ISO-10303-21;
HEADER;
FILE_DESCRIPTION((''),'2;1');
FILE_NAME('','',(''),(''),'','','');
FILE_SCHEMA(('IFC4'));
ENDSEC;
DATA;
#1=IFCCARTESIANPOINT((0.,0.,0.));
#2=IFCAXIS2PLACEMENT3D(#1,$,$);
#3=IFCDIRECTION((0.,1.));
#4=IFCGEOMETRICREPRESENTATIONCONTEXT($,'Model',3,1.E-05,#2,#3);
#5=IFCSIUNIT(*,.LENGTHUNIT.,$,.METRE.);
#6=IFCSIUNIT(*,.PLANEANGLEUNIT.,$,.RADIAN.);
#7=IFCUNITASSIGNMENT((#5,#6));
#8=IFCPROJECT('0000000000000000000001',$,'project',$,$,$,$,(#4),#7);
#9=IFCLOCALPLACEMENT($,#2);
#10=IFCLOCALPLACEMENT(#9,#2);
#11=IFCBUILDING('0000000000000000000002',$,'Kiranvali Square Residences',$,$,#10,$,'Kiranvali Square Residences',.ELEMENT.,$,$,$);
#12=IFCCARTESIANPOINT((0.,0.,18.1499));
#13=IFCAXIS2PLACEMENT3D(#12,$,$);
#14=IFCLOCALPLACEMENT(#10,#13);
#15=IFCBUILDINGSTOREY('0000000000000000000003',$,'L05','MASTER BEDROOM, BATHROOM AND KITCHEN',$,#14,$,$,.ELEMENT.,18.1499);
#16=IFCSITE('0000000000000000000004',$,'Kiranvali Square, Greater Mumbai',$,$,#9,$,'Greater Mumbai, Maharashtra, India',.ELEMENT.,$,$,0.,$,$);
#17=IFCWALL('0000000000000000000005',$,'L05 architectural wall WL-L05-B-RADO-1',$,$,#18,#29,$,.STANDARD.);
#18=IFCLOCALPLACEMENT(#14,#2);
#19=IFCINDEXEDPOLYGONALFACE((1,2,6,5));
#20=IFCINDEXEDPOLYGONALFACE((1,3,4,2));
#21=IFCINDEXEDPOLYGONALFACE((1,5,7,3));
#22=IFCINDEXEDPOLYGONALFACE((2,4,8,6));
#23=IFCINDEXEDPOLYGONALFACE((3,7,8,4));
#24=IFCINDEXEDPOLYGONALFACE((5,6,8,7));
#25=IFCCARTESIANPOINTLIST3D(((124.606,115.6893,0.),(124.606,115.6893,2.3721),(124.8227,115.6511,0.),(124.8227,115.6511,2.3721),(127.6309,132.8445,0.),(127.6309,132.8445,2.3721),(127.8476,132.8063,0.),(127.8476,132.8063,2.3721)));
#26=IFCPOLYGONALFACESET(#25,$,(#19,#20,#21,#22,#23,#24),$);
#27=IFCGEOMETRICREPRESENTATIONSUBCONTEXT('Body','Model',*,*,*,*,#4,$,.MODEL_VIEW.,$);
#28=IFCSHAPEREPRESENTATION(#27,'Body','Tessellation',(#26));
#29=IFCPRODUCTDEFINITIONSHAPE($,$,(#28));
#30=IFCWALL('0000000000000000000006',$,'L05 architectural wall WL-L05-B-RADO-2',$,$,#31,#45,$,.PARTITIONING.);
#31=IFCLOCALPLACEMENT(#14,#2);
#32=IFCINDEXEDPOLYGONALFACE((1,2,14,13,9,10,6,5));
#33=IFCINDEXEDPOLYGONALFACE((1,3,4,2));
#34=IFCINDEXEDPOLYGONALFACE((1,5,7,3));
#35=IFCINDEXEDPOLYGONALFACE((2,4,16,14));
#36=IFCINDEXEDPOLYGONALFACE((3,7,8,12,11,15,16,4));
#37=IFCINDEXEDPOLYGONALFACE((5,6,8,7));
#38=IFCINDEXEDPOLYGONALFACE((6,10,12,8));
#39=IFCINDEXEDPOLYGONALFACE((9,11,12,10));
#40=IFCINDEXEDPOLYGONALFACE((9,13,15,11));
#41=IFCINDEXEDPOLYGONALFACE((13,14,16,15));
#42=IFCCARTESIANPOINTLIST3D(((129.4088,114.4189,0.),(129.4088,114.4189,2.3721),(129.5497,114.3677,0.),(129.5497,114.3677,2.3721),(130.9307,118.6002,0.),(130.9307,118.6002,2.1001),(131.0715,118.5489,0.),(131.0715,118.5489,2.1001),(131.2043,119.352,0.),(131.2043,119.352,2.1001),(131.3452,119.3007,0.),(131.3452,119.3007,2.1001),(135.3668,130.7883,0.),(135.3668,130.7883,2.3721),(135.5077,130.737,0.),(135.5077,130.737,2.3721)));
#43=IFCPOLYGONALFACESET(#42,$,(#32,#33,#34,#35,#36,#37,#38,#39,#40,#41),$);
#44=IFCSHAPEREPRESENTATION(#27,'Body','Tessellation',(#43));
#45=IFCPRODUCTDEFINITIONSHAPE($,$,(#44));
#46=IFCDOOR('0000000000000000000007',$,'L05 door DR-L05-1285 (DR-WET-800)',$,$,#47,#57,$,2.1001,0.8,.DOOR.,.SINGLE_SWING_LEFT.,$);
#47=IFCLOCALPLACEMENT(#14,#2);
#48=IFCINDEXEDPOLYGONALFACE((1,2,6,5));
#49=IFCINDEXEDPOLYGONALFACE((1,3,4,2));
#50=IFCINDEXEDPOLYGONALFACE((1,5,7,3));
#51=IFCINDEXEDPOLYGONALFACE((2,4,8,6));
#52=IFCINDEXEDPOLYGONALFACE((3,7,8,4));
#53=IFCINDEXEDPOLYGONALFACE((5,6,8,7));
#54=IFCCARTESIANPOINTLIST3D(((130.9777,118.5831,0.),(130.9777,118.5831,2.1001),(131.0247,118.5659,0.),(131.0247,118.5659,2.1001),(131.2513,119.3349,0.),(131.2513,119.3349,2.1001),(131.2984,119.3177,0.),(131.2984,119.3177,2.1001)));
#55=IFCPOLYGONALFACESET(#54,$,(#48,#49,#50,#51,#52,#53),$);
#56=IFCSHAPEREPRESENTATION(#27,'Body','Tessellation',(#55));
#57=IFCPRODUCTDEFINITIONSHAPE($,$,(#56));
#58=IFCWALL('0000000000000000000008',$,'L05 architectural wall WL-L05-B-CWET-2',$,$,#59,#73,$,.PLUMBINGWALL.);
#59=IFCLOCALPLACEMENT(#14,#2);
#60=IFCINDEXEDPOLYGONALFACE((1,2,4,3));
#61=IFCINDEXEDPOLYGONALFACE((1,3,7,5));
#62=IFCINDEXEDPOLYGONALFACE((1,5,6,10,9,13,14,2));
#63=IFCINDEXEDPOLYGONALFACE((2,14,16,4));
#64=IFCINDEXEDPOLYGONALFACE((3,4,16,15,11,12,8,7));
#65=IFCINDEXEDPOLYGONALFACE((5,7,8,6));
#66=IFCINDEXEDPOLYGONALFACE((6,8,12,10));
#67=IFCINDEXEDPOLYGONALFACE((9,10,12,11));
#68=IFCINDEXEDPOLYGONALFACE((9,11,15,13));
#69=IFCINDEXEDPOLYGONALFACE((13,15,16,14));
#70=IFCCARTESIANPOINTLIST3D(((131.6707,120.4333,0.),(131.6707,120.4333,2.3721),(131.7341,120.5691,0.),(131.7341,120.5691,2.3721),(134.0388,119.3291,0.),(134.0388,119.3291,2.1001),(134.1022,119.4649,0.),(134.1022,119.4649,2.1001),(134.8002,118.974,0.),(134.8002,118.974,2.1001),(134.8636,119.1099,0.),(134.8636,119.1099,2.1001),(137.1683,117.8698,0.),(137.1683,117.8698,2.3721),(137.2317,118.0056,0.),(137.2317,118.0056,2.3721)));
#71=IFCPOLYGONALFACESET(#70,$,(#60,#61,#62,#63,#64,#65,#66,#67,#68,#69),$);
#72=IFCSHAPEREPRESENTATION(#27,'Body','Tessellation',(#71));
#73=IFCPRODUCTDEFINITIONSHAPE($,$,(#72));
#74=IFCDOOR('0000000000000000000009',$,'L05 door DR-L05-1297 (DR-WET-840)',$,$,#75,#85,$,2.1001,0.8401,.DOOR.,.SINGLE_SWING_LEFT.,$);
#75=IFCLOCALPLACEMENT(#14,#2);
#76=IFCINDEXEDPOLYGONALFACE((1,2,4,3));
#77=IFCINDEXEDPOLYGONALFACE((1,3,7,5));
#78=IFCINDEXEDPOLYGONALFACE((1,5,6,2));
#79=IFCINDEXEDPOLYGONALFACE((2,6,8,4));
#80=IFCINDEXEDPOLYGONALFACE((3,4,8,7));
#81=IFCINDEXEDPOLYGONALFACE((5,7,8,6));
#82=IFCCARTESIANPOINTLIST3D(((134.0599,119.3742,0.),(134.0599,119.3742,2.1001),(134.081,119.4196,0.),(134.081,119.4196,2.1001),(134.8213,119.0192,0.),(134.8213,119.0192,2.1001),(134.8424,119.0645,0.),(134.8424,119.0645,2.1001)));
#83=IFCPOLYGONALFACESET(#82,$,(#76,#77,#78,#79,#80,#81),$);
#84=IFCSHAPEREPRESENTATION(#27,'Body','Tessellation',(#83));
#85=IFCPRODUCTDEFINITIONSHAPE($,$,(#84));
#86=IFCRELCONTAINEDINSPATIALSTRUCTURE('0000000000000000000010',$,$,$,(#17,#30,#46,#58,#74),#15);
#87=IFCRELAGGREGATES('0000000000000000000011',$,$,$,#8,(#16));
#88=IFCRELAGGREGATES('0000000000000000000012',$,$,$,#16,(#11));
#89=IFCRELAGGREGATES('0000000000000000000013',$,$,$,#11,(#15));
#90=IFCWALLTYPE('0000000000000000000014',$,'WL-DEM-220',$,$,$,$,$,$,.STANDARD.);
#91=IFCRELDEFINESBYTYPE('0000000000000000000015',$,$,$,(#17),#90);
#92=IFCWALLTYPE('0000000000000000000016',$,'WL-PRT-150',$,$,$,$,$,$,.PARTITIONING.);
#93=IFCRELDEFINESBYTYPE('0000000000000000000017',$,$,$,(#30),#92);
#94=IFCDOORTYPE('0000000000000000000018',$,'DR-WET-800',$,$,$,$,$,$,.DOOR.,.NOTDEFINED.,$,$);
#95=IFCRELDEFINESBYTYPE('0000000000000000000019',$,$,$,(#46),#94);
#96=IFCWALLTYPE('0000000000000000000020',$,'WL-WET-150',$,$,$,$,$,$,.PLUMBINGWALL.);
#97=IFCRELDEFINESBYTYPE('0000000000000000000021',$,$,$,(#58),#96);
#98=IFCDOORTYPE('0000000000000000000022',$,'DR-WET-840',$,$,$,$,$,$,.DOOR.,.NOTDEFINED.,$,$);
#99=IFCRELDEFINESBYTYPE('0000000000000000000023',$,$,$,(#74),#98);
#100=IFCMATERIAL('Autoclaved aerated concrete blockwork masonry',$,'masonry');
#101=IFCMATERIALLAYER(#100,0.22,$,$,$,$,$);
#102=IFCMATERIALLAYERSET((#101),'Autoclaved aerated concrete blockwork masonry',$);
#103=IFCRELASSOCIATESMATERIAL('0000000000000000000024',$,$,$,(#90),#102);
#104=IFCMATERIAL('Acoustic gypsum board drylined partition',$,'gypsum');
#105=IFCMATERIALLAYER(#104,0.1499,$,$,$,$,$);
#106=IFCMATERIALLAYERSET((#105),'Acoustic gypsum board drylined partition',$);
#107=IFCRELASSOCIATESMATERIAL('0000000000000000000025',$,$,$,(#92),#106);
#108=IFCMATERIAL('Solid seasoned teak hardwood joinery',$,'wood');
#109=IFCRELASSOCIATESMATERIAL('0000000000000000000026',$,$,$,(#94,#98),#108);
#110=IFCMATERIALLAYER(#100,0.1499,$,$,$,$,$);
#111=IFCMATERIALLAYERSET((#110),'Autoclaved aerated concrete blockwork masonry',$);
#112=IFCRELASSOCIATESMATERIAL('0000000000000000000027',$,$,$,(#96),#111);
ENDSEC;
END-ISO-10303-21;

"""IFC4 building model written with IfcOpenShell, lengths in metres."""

from ifc_helpers import new_model, si_unit, direction, frame, frame_2d, origin, place, context, subcontext, project, spatial, rectangle, extrude, material, layer, layer_set, type_object, element, fill, save


model = new_model("IFC4")

# Units and contexts
model_context = context("Model", 3, precision=1e-05, world=origin(), true_north=direction((0.0, 1.0)))
body_context = subcontext(model_context, "Body", "Model", "MODEL_VIEW")
ifc_project = project(units=[si_unit("LENGTHUNIT", "METRE"), si_unit("PLANEANGLEUNIT", "RADIAN")], contexts=[model_context])

# Site, building, storey
site_placement = place(None, origin())
site = spatial("IfcSite", under=ifc_project, at=site_placement, Name="Kiranvali Square, Greater Mumbai", LongName="Greater Mumbai, Maharashtra, India", CompositionType="ELEMENT", RefElevation=0.0)
building_placement = place(site_placement, origin())
building = spatial("IfcBuilding", under=site, at=building_placement, Name="Kiranvali Square Residences", LongName="Kiranvali Square Residences", CompositionType="ELEMENT")
storey_placement = place(building_placement, frame((0.0, 0.0, 18.1499)))
storey = spatial("IfcBuildingStorey", under=building, at=storey_placement, Name="L05", Description="MASTER BEDROOM, BATHROOM AND KITCHEN", CompositionType="ELEMENT", Elevation=18.1499)

# Shared definitions
ifc_material_1 = material(Name="Autoclaved aerated concrete blockwork masonry", Category="masonry")

# Wall
ifc_layer_1 = layer(ifc_material_1, 0.22)
ifc_layer_set_1 = layer_set([ifc_layer_1], Name="Autoclaved aerated concrete blockwork masonry")
wall_type_1 = type_object("IfcWallType", Name="WL-DEM-220", PredefinedType="STANDARD", material=ifc_layer_set_1)
wall_1_placement = place(storey_placement, frame((124.7144, 115.6702, 0.0), z_axis=(0.0, 0.0, 1.0), x_axis=(0.173646, 0.984808, 0.0)))
element("IfcWall", 1, at=wall_1_placement, inside=storey, type_object=wall_type_1, Name="L05 architectural wall WL-L05-B-RADO-1", PredefinedType="STANDARD", context=body_context, shape_type="SweptSolid", body=[
    extrude(rectangle(XDim=17.4199, YDim=0.22, at=frame_2d((8.71, 0.0))), origin(), (0.0, 0.0, 1.0), 2.3721),
])

# Walls, openings, doors
ifc_material_2 = material(Name="Acoustic gypsum board drylined partition", Category="gypsum")
ifc_layer_2 = layer(ifc_material_2, 0.1499)
ifc_layer_set_2 = layer_set([ifc_layer_2], Name="Acoustic gypsum board drylined partition")
wall_type_2 = type_object("IfcWallType", Name="WL-PRT-150", PredefinedType="PARTITIONING", material=ifc_layer_set_2)
wall_2_placement = place(storey_placement, frame((129.4792, 114.3933, 0.0), z_axis=(0.0, 0.0, 1.0), x_axis=(0.342022, 0.939692, 0.0)))
wall_2 = element("IfcWall", 2, at=wall_2_placement, inside=storey, type_object=wall_type_2, Name="L05 architectural wall WL-L05-B-RADO-2", PredefinedType="PARTITIONING", context=body_context, shape_type="SweptSolid", body=[
    extrude(rectangle(XDim=17.4199, YDim=0.1499, at=frame_2d((8.71, 0.0))), origin(), (0.0, 0.0, 1.0), 2.3721),
])
opening_1_placement = place(wall_2_placement, frame((4.4497, 0.0, 0.0)))
opening_1 = element("IfcOpeningElement", 3, at=opening_1_placement, cuts=wall_2, PredefinedType="OPENING", context=body_context, shape_type="SweptSolid", body=[
    extrude(rectangle(XDim=0.8, YDim=2.1001, at=frame_2d((0.3999, 1.05))), frame((0.0, 0.085, 0.0), z_axis=(0.0, -1.0, 0.0), x_axis=(1.0, 0.0, 0.0)), (0.0, 0.0, 1.0), 0.1699),
])
ifc_material_3 = material(Name="Solid seasoned teak hardwood joinery", Category="wood")
door_type_1 = type_object("IfcDoorType", Name="DR-WET-800", OperationType="NOTDEFINED", PredefinedType="DOOR", material=ifc_material_3)
door_1_placement = place(opening_1_placement, origin())
door_1 = element("IfcDoor", 4, at=door_1_placement, inside=storey, type_object=door_type_1, Name="L05 door DR-L05-1285 (DR-WET-800)", OperationType="SINGLE_SWING_LEFT", OverallHeight=2.1001, OverallWidth=0.8, PredefinedType="DOOR", context=body_context, shape_type="SweptSolid", body=[
    extrude(rectangle(XDim=0.8, YDim=2.1001, at=frame_2d((0.3999, 1.05))), frame((0.0, 0.0249, 0.0), z_axis=(0.0, -1.0, 0.0), x_axis=(1.0, 0.0, 0.0)), (0.0, 0.0, 1.0), 0.05),
])
fill(opening_1, door_1)
ifc_layer_3 = layer(ifc_material_1, 0.1499)
ifc_layer_set_3 = layer_set([ifc_layer_3], Name="Autoclaved aerated concrete blockwork masonry")
wall_type_3 = type_object("IfcWallType", Name="WL-WET-150", PredefinedType="PLUMBINGWALL", material=ifc_layer_set_3)
wall_3_placement = place(storey_placement, frame((131.7024, 120.5012, 0.0), z_axis=(0.0, 0.0, 1.0), x_axis=(0.906313, -0.422608, 0.0)))
wall_3 = element("IfcWall", 5, at=wall_3_placement, inside=storey, type_object=wall_type_3, Name="L05 architectural wall WL-L05-B-CWET-2", PredefinedType="PLUMBINGWALL", context=body_context, shape_type="SweptSolid", body=[
    extrude(rectangle(XDim=6.0659, YDim=0.1499, at=frame_2d((3.033, 0.0))), origin(), (0.0, 0.0, 1.0), 2.3721),
])
opening_2_placement = place(wall_3_placement, frame((2.613, 0.0, 0.0)))
opening_2 = element("IfcOpeningElement", 6, at=opening_2_placement, cuts=wall_3, PredefinedType="OPENING", context=body_context, shape_type="SweptSolid", body=[
    extrude(rectangle(XDim=0.8401, YDim=2.1001, at=frame_2d((0.4199, 1.05))), frame((0.0, 0.085, 0.0), z_axis=(0.0, -1.0, 0.0), x_axis=(1.0, 0.0, 0.0)), (0.0, 0.0, 1.0), 0.1699),
])
door_type_2 = type_object("IfcDoorType", Name="DR-WET-840", OperationType="NOTDEFINED", PredefinedType="DOOR", material=ifc_material_3)
door_2_placement = place(opening_2_placement, origin())
door_2 = element("IfcDoor", 7, at=door_2_placement, inside=storey, type_object=door_type_2, Name="L05 door DR-L05-1297 (DR-WET-840)", OperationType="SINGLE_SWING_LEFT", OverallHeight=2.1001, OverallWidth=0.8401, PredefinedType="DOOR", context=body_context, shape_type="SweptSolid", body=[
    extrude(rectangle(XDim=0.8401, YDim=2.1001, at=frame_2d((0.4199, 1.05))), frame((0.0, 0.0249, 0.0), z_axis=(0.0, -1.0, 0.0), x_axis=(1.0, 0.0, 0.0)), (0.0, 0.0, 1.0), 0.05),
])
fill(opening_2, door_2)

save(model, "model.ifc")
